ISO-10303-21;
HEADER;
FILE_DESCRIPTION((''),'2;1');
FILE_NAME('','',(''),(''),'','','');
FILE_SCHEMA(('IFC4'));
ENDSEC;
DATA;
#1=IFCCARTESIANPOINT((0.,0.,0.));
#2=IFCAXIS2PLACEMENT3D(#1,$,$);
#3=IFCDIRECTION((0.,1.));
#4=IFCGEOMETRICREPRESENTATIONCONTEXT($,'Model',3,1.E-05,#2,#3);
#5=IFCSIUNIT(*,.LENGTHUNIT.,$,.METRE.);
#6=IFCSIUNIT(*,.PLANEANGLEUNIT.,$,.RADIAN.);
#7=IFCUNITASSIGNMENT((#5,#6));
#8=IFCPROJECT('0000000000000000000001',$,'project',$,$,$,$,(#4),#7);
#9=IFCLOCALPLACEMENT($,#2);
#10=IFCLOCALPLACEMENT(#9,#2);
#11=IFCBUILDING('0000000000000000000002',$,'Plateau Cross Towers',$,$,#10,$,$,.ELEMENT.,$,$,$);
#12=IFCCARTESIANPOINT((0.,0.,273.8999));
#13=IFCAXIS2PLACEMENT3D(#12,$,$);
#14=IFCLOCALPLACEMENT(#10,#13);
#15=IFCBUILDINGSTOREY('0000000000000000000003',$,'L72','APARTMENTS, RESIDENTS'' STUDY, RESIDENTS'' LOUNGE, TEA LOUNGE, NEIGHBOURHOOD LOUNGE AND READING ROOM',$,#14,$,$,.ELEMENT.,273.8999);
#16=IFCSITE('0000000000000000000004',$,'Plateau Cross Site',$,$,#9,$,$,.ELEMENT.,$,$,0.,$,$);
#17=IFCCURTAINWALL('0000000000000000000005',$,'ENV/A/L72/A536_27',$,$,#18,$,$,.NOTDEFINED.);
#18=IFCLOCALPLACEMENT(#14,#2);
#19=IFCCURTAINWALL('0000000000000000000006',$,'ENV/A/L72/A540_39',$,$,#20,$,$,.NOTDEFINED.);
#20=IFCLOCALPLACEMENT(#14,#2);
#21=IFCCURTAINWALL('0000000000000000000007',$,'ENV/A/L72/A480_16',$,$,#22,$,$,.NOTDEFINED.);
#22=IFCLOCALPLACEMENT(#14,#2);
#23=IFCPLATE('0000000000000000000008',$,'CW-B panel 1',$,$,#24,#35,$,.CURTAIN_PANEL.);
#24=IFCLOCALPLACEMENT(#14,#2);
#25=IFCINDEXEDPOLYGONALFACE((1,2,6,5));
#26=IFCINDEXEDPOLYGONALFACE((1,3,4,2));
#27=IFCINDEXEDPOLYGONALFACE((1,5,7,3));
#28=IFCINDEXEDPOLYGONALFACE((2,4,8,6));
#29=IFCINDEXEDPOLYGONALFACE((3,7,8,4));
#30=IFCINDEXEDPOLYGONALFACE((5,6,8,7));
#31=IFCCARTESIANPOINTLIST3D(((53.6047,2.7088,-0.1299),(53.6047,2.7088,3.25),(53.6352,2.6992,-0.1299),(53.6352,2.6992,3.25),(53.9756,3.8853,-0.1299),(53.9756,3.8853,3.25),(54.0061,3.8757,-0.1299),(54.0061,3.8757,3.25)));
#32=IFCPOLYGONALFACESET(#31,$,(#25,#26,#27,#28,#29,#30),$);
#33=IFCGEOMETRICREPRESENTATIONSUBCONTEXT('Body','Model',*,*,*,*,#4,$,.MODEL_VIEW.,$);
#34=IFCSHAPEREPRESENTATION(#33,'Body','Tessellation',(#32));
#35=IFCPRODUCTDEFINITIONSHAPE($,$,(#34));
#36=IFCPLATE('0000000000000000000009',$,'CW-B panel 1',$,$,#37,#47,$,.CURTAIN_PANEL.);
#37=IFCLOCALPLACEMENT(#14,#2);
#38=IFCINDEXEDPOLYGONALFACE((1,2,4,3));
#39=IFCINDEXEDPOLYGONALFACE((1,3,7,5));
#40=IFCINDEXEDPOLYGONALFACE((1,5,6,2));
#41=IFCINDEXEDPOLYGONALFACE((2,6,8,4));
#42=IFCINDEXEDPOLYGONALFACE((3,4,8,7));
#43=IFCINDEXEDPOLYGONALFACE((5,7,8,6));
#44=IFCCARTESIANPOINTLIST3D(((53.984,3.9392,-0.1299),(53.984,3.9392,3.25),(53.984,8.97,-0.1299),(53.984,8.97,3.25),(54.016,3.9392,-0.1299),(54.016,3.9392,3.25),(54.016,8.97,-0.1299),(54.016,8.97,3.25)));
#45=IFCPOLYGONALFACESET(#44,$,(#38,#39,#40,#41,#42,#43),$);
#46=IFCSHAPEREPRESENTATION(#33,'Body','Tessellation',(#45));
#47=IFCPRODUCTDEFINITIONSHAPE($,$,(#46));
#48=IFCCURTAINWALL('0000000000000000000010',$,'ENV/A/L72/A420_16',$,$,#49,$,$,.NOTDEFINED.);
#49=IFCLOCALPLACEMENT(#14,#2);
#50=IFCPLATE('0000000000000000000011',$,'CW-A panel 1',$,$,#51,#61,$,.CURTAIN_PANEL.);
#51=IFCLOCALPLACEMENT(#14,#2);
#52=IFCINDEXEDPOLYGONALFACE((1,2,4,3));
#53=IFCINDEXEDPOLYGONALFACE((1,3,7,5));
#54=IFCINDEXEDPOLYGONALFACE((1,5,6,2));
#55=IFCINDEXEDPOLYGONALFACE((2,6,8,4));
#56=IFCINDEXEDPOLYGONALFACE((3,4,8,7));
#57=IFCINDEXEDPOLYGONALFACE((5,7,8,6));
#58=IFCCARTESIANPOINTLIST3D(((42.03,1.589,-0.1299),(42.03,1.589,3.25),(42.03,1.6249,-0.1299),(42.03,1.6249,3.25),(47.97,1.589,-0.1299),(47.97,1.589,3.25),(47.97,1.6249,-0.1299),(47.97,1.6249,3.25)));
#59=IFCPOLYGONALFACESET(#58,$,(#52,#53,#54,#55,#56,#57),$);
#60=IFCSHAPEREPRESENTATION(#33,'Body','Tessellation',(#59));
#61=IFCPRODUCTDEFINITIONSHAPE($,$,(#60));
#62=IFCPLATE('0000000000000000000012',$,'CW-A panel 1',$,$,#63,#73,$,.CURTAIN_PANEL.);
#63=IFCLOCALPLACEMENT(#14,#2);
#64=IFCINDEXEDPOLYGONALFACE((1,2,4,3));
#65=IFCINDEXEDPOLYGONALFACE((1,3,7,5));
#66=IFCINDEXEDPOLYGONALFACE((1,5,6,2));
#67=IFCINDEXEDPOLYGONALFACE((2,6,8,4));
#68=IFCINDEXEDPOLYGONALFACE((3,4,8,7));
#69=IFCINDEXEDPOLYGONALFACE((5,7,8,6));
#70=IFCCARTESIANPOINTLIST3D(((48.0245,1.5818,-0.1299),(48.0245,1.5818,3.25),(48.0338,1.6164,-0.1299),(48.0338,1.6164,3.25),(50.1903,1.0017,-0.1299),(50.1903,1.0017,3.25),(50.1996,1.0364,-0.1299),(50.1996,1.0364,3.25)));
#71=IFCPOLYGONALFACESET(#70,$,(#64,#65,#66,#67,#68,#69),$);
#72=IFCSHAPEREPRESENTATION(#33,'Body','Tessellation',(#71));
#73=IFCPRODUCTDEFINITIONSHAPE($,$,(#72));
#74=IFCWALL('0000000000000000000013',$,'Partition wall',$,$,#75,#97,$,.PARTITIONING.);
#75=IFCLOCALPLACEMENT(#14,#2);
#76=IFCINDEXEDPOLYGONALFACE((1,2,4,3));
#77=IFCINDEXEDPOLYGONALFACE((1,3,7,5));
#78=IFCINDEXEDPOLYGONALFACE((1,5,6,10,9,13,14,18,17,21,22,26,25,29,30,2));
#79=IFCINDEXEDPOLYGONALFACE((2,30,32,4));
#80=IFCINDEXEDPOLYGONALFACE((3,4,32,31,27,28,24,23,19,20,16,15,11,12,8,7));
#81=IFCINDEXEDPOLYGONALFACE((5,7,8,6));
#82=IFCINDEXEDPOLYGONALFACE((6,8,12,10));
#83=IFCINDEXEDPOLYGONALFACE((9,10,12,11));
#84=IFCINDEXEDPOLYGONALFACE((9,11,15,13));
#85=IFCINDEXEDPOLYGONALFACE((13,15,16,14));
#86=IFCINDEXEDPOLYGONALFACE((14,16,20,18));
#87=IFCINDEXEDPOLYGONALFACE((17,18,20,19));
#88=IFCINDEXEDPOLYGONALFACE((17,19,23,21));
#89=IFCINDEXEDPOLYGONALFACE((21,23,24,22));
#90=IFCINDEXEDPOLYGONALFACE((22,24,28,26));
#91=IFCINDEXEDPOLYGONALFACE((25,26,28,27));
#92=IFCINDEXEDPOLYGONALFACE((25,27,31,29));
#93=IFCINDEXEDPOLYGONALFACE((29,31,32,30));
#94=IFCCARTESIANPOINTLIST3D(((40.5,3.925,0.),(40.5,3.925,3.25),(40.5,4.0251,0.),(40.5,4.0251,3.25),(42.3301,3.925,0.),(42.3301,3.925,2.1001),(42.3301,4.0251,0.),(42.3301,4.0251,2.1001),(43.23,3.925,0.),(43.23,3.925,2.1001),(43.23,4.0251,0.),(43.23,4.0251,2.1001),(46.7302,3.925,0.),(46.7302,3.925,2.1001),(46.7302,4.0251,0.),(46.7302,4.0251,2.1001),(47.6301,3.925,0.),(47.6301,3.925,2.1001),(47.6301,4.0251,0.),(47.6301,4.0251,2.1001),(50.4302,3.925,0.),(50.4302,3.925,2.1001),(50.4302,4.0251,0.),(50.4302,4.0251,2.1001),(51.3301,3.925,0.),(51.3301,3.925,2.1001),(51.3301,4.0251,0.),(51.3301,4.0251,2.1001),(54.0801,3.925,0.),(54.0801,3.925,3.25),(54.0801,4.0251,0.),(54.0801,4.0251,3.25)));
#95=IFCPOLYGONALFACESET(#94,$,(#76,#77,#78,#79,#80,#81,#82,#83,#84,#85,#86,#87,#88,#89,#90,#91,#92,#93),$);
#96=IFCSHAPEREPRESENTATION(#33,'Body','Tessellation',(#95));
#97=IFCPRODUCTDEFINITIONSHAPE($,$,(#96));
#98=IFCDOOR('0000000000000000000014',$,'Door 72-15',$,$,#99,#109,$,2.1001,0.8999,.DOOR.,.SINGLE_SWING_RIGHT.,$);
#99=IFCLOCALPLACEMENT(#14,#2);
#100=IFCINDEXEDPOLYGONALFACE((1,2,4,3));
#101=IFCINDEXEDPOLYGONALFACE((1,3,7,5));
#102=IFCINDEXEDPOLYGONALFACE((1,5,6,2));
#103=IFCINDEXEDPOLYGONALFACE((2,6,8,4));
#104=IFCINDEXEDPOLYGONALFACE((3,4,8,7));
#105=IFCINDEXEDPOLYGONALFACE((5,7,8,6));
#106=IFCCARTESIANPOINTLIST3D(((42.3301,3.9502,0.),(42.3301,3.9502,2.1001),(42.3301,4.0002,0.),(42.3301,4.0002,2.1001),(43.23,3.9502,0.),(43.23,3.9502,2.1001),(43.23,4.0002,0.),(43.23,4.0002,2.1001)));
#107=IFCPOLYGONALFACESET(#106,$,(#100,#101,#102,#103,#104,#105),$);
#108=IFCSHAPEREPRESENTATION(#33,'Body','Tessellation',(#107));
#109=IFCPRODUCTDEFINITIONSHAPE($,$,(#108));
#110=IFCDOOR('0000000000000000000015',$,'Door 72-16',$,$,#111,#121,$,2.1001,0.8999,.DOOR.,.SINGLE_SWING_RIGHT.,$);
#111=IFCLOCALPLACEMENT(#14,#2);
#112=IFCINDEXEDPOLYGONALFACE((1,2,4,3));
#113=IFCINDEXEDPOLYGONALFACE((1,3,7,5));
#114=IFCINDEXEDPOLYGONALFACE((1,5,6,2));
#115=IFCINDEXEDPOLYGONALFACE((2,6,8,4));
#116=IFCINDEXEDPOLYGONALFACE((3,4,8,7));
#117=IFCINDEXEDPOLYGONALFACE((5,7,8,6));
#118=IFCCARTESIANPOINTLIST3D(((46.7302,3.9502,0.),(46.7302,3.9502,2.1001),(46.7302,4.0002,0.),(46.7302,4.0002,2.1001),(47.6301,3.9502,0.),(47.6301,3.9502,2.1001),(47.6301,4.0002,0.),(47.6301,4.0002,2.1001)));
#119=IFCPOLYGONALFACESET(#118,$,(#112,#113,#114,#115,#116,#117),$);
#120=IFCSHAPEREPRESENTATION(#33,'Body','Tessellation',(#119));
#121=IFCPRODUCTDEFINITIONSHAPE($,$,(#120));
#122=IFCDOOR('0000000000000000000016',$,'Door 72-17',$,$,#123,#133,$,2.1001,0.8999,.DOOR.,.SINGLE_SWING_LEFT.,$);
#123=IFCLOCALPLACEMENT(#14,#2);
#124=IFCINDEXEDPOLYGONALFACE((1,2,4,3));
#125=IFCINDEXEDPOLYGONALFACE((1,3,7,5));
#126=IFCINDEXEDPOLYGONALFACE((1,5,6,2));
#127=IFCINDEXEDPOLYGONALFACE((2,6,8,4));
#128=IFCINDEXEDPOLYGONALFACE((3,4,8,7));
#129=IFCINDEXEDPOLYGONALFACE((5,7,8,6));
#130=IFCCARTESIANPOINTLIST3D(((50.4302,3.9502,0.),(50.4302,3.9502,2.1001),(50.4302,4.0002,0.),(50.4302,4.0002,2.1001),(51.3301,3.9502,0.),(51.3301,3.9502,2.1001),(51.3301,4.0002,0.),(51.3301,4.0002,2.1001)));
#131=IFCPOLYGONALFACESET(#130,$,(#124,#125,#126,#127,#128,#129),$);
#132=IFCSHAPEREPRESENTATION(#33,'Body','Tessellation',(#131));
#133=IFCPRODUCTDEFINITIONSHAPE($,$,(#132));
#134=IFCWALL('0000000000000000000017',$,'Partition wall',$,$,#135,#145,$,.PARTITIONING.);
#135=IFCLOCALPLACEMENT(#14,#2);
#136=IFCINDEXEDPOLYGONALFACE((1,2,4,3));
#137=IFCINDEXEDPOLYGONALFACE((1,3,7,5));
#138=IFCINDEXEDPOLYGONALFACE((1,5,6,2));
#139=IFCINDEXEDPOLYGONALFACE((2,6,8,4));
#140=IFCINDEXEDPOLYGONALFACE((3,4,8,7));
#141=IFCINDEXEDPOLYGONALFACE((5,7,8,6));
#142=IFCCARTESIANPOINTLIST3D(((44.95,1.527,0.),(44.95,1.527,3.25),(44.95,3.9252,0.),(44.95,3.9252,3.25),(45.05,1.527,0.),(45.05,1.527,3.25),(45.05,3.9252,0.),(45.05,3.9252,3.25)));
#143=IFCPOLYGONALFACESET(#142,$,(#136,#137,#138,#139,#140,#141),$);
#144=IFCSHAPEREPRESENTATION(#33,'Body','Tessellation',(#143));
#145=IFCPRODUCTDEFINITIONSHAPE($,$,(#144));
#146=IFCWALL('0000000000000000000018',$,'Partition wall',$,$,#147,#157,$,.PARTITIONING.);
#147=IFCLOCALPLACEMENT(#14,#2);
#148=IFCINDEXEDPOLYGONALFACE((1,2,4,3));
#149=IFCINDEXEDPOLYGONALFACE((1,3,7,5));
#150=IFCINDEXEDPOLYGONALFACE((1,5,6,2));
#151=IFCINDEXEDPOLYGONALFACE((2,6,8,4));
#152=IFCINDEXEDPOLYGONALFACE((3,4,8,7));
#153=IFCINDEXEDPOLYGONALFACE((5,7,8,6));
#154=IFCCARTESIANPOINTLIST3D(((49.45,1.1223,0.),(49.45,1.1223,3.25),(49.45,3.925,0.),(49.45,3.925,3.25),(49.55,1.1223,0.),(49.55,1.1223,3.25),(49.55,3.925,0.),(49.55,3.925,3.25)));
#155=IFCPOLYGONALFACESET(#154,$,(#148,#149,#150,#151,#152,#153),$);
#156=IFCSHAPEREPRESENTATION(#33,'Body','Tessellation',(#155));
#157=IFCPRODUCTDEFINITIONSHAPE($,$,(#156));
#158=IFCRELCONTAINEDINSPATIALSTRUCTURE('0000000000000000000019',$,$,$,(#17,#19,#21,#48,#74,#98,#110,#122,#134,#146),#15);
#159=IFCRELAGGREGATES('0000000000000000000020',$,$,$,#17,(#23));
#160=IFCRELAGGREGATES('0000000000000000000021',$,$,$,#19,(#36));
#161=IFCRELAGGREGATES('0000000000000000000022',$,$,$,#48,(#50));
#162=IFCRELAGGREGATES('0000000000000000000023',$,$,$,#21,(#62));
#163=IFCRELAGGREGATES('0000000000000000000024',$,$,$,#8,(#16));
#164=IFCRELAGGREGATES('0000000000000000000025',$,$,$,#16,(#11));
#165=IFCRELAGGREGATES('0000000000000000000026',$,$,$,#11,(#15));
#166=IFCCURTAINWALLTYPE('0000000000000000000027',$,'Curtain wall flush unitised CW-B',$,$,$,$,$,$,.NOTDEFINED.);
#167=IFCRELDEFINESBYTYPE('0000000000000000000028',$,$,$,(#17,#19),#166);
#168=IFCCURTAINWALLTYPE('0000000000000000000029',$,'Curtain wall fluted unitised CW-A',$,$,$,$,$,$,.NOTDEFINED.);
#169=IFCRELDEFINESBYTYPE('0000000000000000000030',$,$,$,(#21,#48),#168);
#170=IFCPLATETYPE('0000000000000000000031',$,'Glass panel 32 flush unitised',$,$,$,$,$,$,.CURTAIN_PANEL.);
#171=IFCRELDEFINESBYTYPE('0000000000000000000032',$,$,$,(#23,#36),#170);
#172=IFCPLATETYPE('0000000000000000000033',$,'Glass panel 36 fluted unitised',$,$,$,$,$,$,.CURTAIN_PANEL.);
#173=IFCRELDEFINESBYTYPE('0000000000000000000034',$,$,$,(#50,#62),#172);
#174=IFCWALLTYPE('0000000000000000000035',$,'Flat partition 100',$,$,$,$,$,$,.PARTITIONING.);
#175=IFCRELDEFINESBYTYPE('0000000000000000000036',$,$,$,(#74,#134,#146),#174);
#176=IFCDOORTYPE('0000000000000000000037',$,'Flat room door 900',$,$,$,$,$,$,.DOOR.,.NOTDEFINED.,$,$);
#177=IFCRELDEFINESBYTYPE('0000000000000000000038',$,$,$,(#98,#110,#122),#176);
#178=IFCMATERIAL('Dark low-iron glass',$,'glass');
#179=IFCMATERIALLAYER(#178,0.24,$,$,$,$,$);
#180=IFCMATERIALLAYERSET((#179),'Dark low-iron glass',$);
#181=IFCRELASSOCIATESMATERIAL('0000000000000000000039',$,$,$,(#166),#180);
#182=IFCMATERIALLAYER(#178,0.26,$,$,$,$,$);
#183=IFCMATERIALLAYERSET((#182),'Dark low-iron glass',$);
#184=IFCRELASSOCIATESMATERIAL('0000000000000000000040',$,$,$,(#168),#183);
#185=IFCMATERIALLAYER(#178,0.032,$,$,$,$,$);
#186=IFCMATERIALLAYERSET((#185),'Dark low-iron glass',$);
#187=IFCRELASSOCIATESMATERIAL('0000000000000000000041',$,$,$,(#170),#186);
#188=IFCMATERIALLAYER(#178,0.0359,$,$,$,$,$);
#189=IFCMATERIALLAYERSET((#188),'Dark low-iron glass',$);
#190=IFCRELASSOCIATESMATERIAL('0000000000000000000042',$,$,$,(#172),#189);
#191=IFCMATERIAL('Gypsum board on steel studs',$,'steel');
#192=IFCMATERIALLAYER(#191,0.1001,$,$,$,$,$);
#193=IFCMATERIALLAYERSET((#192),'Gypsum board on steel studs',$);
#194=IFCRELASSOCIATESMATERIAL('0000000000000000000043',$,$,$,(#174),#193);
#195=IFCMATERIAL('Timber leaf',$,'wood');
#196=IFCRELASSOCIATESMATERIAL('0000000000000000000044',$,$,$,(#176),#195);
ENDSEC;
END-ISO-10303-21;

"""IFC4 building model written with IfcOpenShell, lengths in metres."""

from ifc_helpers import new_model, si_unit, direction, frame, frame_2d, origin, origin_2d, place, context, subcontext, project, spatial, rectangle, extrude, material, layer, layer_set, type_object, element, fill, aggregate, save


model = new_model("IFC4")

# Units and contexts
model_context = context("Model", 3, precision=1e-05, world=origin(), true_north=direction((0.0, 1.0)))
body_context = subcontext(model_context, "Body", "Model", "MODEL_VIEW")
ifc_project = project(units=[si_unit("LENGTHUNIT", "METRE"), si_unit("PLANEANGLEUNIT", "RADIAN")], contexts=[model_context])

# Site, building, storey
site_placement = place(None, origin())
site = spatial("IfcSite", under=ifc_project, at=site_placement, Name="Plateau Cross Site", CompositionType="ELEMENT", RefElevation=0.0)
building_placement = place(site_placement, origin())
building = spatial("IfcBuilding", under=site, at=building_placement, Name="Plateau Cross Towers", CompositionType="ELEMENT")
storey_placement = place(building_placement, frame((0.0, 0.0, 273.8999)))
storey = spatial("IfcBuildingStorey", under=building, at=storey_placement, Name="L72", Description="APARTMENTS, RESIDENTS' STUDY, RESIDENTS' LOUNGE, TEA LOUNGE, NEIGHBOURHOOD LOUNGE AND READING ROOM", CompositionType="ELEMENT", Elevation=273.8999)

# Shared definitions
ifc_material_1 = material(Name="Dark low-iron glass", Category="glass")
ifc_layer_1 = layer(ifc_material_1, 0.24)
ifc_layer_set_1 = layer_set([ifc_layer_1], Name="Dark low-iron glass")
curtain_wall_type_1 = type_object("IfcCurtainWallType", Name="Curtain wall flush unitised CW-B", PredefinedType="NOTDEFINED", material=ifc_layer_set_1)

# Curtain walls
curtain_wall_1_placement = place(storey_placement, origin())
curtain_wall_1 = element("IfcCurtainWall", 1, at=curtain_wall_1_placement, inside=storey, type_object=curtain_wall_type_1, Name="ENV/A/L72/A536_27", PredefinedType="NOTDEFINED")
curtain_wall_2_placement = place(storey_placement, origin())
curtain_wall_2 = element("IfcCurtainWall", 2, at=curtain_wall_2_placement, inside=storey, type_object=curtain_wall_type_1, Name="ENV/A/L72/A540_39", PredefinedType="NOTDEFINED")
ifc_layer_2 = layer(ifc_material_1, 0.26)
ifc_layer_set_2 = layer_set([ifc_layer_2], Name="Dark low-iron glass")
curtain_wall_type_2 = type_object("IfcCurtainWallType", Name="Curtain wall fluted unitised CW-A", PredefinedType="NOTDEFINED", material=ifc_layer_set_2)
curtain_wall_3_placement = place(storey_placement, origin())
curtain_wall_3 = element("IfcCurtainWall", 3, at=curtain_wall_3_placement, inside=storey, type_object=curtain_wall_type_2, Name="ENV/A/L72/A480_16", PredefinedType="NOTDEFINED")

# Plates
ifc_layer_3 = layer(ifc_material_1, 0.032)
ifc_layer_set_3 = layer_set([ifc_layer_3], Name="Dark low-iron glass")
plate_type_1 = type_object("IfcPlateType", Name="Glass panel 32 flush unitised", PredefinedType="CURTAIN_PANEL", material=ifc_layer_set_3)
plate_1_placement = place(storey_placement, frame((53.8054, 3.2922, -0.1299), z_axis=(0.0, 0.0, 1.0), x_axis=(0.300686, 0.953723, 0.0)))
plate_1 = element("IfcPlate", 4, at=plate_1_placement, type_object=plate_type_1, Name="CW-B panel 1", PredefinedType="CURTAIN_PANEL", context=body_context, shape_type="SweptSolid", body=[
    extrude(rectangle(XDim=1.2336, YDim=0.032, at=origin_2d()), origin(), (0.0, 0.0, 1.0), 3.3799),
])
aggregate(curtain_wall_1, [plate_1])
plate_2_placement = place(storey_placement, frame((54.0, 6.4546, -0.1299), z_axis=(0.0, 0.0, 1.0), x_axis=(0.0, 1.0, 0.0)))
plate_2 = element("IfcPlate", 5, at=plate_2_placement, type_object=plate_type_1, Name="CW-B panel 1", PredefinedType="CURTAIN_PANEL", context=body_context, shape_type="SweptSolid", body=[
    extrude(rectangle(XDim=5.0308, YDim=0.032, at=origin_2d()), origin(), (0.0, 0.0, 1.0), 3.3799),
])
aggregate(curtain_wall_2, [plate_2])

# Curtain wall, plate
curtain_wall_4_placement = place(storey_placement, origin())
curtain_wall_4 = element("IfcCurtainWall", 6, at=curtain_wall_4_placement, inside=storey, type_object=curtain_wall_type_2, Name="ENV/A/L72/A420_16", PredefinedType="NOTDEFINED")
ifc_layer_4 = layer(ifc_material_1, 0.0359)
ifc_layer_set_4 = layer_set([ifc_layer_4], Name="Dark low-iron glass")
plate_type_2 = type_object("IfcPlateType", Name="Glass panel 36 fluted unitised", PredefinedType="CURTAIN_PANEL", material=ifc_layer_set_4)
plate_3_placement = place(storey_placement, frame((45.0, 1.6069, -0.1299), z_axis=(0.0, 0.0, 1.0), x_axis=(1.0, 0.0, 0.0)))
plate_3 = element("IfcPlate", 7, at=plate_3_placement, type_object=plate_type_2, Name="CW-A panel 1", PredefinedType="CURTAIN_PANEL", context=body_context, shape_type="SweptSolid", body=[
    extrude(rectangle(XDim=5.9399, YDim=0.0359, at=origin_2d()), origin(), (0.0, 0.0, 1.0), 3.3799),
])
aggregate(curtain_wall_4, [plate_3])

# Plate
plate_4_placement = place(storey_placement, frame((49.1121, 1.3091, -0.1299), z_axis=(0.0, 0.0, 1.0), x_axis=(0.965958, -0.258699, 0.0)))
plate_4 = element("IfcPlate", 8, at=plate_4_placement, type_object=plate_type_2, Name="CW-A panel 1", PredefinedType="CURTAIN_PANEL", context=body_context, shape_type="SweptSolid", body=[
    extrude(rectangle(XDim=2.2422, YDim=0.0359, at=origin_2d()), origin(), (0.0, 0.0, 1.0), 3.3799),
])
aggregate(curtain_wall_3, [plate_4])

# Wall, openings, doors
ifc_material_2 = material(Name="Gypsum board on steel studs", Category="steel")
ifc_layer_5 = layer(ifc_material_2, 0.1001)
ifc_layer_set_5 = layer_set([ifc_layer_5], Name="Gypsum board on steel studs")
wall_type_1 = type_object("IfcWallType", Name="Flat partition 100", PredefinedType="PARTITIONING", material=ifc_layer_set_5)
wall_1_placement = place(storey_placement, frame((54.0801, 3.9751, 0.0), z_axis=(0.0, 0.0, 1.0), x_axis=(-1.0, 0.0, 0.0)))
wall_1 = element("IfcWall", 9, at=wall_1_placement, inside=storey, type_object=wall_type_1, Name="Partition wall", PredefinedType="PARTITIONING", context=body_context, shape_type="SweptSolid", body=[
    extrude(rectangle(XDim=13.5801, YDim=0.1001, at=frame_2d((6.79, 0.0))), origin(), (0.0, 0.0, 1.0), 3.25),
])
opening_1_placement = place(wall_1_placement, frame((10.8501, 0.0, 0.0)))
opening_1 = element("IfcOpeningElement", 10, at=opening_1_placement, cuts=wall_1, PredefinedType="OPENING", context=body_context, shape_type="SweptSolid", body=[
    extrude(rectangle(XDim=0.8999, YDim=2.1001, at=frame_2d((0.45, 1.05))), frame((0.0, 0.0601, 0.0), z_axis=(0.0, -1.0, 0.0), x_axis=(1.0, 0.0, 0.0)), (0.0, 0.0, 1.0), 0.1201),
])
opening_2_placement = place(wall_1_placement, frame((6.45, 0.0, 0.0)))
opening_2 = element("IfcOpeningElement", 11, at=opening_2_placement, cuts=wall_1, PredefinedType="OPENING", context=body_context, shape_type="SweptSolid", body=[
    extrude(rectangle(XDim=0.8999, YDim=2.1001, at=frame_2d((0.45, 1.05))), frame((0.0, 0.0601, 0.0), z_axis=(0.0, -1.0, 0.0), x_axis=(1.0, 0.0, 0.0)), (0.0, 0.0, 1.0), 0.1201),
])
opening_3_placement = place(wall_1_placement, frame((2.75, 0.0, 0.0)))
opening_3 = element("IfcOpeningElement", 12, at=opening_3_placement, cuts=wall_1, PredefinedType="OPENING", context=body_context, shape_type="SweptSolid", body=[
    extrude(rectangle(XDim=0.8999, YDim=2.1001, at=frame_2d((0.45, 1.05))), frame((0.0, 0.0601, 0.0), z_axis=(0.0, -1.0, 0.0), x_axis=(1.0, 0.0, 0.0)), (0.0, 0.0, 1.0), 0.1201),
])
ifc_material_3 = material(Name="Timber leaf", Category="wood")
door_type_1 = type_object("IfcDoorType", Name="Flat room door 900", OperationType="NOTDEFINED", PredefinedType="DOOR", material=ifc_material_3)
door_1_placement = place(opening_1_placement, origin())
door_1 = element("IfcDoor", 13, at=door_1_placement, inside=storey, type_object=door_type_1, Name="Door 72-15", OperationType="SINGLE_SWING_RIGHT", OverallHeight=2.1001, OverallWidth=0.8999, PredefinedType="DOOR", context=body_context, shape_type="SweptSolid", body=[
    extrude(rectangle(XDim=0.8999, YDim=2.1001, at=frame_2d((0.45, 1.05))), frame((0.0, 0.0249, 0.0), z_axis=(0.0, -1.0, 0.0), x_axis=(1.0, 0.0, 0.0)), (0.0, 0.0, 1.0), 0.05),
])
fill(opening_1, door_1)
door_2_placement = place(opening_2_placement, origin())
door_2 = element("IfcDoor", 14, at=door_2_placement, inside=storey, type_object=door_type_1, Name="Door 72-16", OperationType="SINGLE_SWING_RIGHT", OverallHeight=2.1001, OverallWidth=0.8999, PredefinedType="DOOR", context=body_context, shape_type="SweptSolid", body=[
    extrude(rectangle(XDim=0.8999, YDim=2.1001, at=frame_2d((0.45, 1.05))), frame((0.0, 0.0249, 0.0), z_axis=(0.0, -1.0, 0.0), x_axis=(1.0, 0.0, 0.0)), (0.0, 0.0, 1.0), 0.05),
])
fill(opening_2, door_2)
door_3_placement = place(opening_3_placement, origin())
door_3 = element("IfcDoor", 15, at=door_3_placement, inside=storey, type_object=door_type_1, Name="Door 72-17", OperationType="SINGLE_SWING_LEFT", OverallHeight=2.1001, OverallWidth=0.8999, PredefinedType="DOOR", context=body_context, shape_type="SweptSolid", body=[
    extrude(rectangle(XDim=0.8999, YDim=2.1001, at=frame_2d((0.45, 1.05))), frame((0.0, 0.0249, 0.0), z_axis=(0.0, -1.0, 0.0), x_axis=(1.0, 0.0, 0.0)), (0.0, 0.0, 1.0), 0.05),
])
fill(opening_3, door_3)

# Walls
wall_2_placement = place(storey_placement, frame((45.0, 1.5269, 0.0), z_axis=(0.0, 0.0, 1.0), x_axis=(0.0, 1.0, 0.0)))
element("IfcWall", 16, at=wall_2_placement, inside=storey, type_object=wall_type_1, Name="Partition wall", PredefinedType="PARTITIONING", context=body_context, shape_type="SweptSolid", body=[
    extrude(rectangle(XDim=2.3982, YDim=0.1001, at=frame_2d((1.1992, 0.0))), origin(), (0.0, 0.0, 1.0), 3.25),
])
wall_3_placement = place(storey_placement, frame((49.5, 1.1223, 0.0), z_axis=(0.0, 0.0, 1.0), x_axis=(0.0, 1.0, 0.0)))
element("IfcWall", 17, at=wall_3_placement, inside=storey, type_object=wall_type_1, Name="Partition wall", PredefinedType="PARTITIONING", context=body_context, shape_type="SweptSolid", body=[
    extrude(rectangle(XDim=2.8027, YDim=0.1001, at=frame_2d((1.4014, 0.0))), origin(), (0.0, 0.0, 1.0), 3.25),
])

save(model, "model.ifc")
